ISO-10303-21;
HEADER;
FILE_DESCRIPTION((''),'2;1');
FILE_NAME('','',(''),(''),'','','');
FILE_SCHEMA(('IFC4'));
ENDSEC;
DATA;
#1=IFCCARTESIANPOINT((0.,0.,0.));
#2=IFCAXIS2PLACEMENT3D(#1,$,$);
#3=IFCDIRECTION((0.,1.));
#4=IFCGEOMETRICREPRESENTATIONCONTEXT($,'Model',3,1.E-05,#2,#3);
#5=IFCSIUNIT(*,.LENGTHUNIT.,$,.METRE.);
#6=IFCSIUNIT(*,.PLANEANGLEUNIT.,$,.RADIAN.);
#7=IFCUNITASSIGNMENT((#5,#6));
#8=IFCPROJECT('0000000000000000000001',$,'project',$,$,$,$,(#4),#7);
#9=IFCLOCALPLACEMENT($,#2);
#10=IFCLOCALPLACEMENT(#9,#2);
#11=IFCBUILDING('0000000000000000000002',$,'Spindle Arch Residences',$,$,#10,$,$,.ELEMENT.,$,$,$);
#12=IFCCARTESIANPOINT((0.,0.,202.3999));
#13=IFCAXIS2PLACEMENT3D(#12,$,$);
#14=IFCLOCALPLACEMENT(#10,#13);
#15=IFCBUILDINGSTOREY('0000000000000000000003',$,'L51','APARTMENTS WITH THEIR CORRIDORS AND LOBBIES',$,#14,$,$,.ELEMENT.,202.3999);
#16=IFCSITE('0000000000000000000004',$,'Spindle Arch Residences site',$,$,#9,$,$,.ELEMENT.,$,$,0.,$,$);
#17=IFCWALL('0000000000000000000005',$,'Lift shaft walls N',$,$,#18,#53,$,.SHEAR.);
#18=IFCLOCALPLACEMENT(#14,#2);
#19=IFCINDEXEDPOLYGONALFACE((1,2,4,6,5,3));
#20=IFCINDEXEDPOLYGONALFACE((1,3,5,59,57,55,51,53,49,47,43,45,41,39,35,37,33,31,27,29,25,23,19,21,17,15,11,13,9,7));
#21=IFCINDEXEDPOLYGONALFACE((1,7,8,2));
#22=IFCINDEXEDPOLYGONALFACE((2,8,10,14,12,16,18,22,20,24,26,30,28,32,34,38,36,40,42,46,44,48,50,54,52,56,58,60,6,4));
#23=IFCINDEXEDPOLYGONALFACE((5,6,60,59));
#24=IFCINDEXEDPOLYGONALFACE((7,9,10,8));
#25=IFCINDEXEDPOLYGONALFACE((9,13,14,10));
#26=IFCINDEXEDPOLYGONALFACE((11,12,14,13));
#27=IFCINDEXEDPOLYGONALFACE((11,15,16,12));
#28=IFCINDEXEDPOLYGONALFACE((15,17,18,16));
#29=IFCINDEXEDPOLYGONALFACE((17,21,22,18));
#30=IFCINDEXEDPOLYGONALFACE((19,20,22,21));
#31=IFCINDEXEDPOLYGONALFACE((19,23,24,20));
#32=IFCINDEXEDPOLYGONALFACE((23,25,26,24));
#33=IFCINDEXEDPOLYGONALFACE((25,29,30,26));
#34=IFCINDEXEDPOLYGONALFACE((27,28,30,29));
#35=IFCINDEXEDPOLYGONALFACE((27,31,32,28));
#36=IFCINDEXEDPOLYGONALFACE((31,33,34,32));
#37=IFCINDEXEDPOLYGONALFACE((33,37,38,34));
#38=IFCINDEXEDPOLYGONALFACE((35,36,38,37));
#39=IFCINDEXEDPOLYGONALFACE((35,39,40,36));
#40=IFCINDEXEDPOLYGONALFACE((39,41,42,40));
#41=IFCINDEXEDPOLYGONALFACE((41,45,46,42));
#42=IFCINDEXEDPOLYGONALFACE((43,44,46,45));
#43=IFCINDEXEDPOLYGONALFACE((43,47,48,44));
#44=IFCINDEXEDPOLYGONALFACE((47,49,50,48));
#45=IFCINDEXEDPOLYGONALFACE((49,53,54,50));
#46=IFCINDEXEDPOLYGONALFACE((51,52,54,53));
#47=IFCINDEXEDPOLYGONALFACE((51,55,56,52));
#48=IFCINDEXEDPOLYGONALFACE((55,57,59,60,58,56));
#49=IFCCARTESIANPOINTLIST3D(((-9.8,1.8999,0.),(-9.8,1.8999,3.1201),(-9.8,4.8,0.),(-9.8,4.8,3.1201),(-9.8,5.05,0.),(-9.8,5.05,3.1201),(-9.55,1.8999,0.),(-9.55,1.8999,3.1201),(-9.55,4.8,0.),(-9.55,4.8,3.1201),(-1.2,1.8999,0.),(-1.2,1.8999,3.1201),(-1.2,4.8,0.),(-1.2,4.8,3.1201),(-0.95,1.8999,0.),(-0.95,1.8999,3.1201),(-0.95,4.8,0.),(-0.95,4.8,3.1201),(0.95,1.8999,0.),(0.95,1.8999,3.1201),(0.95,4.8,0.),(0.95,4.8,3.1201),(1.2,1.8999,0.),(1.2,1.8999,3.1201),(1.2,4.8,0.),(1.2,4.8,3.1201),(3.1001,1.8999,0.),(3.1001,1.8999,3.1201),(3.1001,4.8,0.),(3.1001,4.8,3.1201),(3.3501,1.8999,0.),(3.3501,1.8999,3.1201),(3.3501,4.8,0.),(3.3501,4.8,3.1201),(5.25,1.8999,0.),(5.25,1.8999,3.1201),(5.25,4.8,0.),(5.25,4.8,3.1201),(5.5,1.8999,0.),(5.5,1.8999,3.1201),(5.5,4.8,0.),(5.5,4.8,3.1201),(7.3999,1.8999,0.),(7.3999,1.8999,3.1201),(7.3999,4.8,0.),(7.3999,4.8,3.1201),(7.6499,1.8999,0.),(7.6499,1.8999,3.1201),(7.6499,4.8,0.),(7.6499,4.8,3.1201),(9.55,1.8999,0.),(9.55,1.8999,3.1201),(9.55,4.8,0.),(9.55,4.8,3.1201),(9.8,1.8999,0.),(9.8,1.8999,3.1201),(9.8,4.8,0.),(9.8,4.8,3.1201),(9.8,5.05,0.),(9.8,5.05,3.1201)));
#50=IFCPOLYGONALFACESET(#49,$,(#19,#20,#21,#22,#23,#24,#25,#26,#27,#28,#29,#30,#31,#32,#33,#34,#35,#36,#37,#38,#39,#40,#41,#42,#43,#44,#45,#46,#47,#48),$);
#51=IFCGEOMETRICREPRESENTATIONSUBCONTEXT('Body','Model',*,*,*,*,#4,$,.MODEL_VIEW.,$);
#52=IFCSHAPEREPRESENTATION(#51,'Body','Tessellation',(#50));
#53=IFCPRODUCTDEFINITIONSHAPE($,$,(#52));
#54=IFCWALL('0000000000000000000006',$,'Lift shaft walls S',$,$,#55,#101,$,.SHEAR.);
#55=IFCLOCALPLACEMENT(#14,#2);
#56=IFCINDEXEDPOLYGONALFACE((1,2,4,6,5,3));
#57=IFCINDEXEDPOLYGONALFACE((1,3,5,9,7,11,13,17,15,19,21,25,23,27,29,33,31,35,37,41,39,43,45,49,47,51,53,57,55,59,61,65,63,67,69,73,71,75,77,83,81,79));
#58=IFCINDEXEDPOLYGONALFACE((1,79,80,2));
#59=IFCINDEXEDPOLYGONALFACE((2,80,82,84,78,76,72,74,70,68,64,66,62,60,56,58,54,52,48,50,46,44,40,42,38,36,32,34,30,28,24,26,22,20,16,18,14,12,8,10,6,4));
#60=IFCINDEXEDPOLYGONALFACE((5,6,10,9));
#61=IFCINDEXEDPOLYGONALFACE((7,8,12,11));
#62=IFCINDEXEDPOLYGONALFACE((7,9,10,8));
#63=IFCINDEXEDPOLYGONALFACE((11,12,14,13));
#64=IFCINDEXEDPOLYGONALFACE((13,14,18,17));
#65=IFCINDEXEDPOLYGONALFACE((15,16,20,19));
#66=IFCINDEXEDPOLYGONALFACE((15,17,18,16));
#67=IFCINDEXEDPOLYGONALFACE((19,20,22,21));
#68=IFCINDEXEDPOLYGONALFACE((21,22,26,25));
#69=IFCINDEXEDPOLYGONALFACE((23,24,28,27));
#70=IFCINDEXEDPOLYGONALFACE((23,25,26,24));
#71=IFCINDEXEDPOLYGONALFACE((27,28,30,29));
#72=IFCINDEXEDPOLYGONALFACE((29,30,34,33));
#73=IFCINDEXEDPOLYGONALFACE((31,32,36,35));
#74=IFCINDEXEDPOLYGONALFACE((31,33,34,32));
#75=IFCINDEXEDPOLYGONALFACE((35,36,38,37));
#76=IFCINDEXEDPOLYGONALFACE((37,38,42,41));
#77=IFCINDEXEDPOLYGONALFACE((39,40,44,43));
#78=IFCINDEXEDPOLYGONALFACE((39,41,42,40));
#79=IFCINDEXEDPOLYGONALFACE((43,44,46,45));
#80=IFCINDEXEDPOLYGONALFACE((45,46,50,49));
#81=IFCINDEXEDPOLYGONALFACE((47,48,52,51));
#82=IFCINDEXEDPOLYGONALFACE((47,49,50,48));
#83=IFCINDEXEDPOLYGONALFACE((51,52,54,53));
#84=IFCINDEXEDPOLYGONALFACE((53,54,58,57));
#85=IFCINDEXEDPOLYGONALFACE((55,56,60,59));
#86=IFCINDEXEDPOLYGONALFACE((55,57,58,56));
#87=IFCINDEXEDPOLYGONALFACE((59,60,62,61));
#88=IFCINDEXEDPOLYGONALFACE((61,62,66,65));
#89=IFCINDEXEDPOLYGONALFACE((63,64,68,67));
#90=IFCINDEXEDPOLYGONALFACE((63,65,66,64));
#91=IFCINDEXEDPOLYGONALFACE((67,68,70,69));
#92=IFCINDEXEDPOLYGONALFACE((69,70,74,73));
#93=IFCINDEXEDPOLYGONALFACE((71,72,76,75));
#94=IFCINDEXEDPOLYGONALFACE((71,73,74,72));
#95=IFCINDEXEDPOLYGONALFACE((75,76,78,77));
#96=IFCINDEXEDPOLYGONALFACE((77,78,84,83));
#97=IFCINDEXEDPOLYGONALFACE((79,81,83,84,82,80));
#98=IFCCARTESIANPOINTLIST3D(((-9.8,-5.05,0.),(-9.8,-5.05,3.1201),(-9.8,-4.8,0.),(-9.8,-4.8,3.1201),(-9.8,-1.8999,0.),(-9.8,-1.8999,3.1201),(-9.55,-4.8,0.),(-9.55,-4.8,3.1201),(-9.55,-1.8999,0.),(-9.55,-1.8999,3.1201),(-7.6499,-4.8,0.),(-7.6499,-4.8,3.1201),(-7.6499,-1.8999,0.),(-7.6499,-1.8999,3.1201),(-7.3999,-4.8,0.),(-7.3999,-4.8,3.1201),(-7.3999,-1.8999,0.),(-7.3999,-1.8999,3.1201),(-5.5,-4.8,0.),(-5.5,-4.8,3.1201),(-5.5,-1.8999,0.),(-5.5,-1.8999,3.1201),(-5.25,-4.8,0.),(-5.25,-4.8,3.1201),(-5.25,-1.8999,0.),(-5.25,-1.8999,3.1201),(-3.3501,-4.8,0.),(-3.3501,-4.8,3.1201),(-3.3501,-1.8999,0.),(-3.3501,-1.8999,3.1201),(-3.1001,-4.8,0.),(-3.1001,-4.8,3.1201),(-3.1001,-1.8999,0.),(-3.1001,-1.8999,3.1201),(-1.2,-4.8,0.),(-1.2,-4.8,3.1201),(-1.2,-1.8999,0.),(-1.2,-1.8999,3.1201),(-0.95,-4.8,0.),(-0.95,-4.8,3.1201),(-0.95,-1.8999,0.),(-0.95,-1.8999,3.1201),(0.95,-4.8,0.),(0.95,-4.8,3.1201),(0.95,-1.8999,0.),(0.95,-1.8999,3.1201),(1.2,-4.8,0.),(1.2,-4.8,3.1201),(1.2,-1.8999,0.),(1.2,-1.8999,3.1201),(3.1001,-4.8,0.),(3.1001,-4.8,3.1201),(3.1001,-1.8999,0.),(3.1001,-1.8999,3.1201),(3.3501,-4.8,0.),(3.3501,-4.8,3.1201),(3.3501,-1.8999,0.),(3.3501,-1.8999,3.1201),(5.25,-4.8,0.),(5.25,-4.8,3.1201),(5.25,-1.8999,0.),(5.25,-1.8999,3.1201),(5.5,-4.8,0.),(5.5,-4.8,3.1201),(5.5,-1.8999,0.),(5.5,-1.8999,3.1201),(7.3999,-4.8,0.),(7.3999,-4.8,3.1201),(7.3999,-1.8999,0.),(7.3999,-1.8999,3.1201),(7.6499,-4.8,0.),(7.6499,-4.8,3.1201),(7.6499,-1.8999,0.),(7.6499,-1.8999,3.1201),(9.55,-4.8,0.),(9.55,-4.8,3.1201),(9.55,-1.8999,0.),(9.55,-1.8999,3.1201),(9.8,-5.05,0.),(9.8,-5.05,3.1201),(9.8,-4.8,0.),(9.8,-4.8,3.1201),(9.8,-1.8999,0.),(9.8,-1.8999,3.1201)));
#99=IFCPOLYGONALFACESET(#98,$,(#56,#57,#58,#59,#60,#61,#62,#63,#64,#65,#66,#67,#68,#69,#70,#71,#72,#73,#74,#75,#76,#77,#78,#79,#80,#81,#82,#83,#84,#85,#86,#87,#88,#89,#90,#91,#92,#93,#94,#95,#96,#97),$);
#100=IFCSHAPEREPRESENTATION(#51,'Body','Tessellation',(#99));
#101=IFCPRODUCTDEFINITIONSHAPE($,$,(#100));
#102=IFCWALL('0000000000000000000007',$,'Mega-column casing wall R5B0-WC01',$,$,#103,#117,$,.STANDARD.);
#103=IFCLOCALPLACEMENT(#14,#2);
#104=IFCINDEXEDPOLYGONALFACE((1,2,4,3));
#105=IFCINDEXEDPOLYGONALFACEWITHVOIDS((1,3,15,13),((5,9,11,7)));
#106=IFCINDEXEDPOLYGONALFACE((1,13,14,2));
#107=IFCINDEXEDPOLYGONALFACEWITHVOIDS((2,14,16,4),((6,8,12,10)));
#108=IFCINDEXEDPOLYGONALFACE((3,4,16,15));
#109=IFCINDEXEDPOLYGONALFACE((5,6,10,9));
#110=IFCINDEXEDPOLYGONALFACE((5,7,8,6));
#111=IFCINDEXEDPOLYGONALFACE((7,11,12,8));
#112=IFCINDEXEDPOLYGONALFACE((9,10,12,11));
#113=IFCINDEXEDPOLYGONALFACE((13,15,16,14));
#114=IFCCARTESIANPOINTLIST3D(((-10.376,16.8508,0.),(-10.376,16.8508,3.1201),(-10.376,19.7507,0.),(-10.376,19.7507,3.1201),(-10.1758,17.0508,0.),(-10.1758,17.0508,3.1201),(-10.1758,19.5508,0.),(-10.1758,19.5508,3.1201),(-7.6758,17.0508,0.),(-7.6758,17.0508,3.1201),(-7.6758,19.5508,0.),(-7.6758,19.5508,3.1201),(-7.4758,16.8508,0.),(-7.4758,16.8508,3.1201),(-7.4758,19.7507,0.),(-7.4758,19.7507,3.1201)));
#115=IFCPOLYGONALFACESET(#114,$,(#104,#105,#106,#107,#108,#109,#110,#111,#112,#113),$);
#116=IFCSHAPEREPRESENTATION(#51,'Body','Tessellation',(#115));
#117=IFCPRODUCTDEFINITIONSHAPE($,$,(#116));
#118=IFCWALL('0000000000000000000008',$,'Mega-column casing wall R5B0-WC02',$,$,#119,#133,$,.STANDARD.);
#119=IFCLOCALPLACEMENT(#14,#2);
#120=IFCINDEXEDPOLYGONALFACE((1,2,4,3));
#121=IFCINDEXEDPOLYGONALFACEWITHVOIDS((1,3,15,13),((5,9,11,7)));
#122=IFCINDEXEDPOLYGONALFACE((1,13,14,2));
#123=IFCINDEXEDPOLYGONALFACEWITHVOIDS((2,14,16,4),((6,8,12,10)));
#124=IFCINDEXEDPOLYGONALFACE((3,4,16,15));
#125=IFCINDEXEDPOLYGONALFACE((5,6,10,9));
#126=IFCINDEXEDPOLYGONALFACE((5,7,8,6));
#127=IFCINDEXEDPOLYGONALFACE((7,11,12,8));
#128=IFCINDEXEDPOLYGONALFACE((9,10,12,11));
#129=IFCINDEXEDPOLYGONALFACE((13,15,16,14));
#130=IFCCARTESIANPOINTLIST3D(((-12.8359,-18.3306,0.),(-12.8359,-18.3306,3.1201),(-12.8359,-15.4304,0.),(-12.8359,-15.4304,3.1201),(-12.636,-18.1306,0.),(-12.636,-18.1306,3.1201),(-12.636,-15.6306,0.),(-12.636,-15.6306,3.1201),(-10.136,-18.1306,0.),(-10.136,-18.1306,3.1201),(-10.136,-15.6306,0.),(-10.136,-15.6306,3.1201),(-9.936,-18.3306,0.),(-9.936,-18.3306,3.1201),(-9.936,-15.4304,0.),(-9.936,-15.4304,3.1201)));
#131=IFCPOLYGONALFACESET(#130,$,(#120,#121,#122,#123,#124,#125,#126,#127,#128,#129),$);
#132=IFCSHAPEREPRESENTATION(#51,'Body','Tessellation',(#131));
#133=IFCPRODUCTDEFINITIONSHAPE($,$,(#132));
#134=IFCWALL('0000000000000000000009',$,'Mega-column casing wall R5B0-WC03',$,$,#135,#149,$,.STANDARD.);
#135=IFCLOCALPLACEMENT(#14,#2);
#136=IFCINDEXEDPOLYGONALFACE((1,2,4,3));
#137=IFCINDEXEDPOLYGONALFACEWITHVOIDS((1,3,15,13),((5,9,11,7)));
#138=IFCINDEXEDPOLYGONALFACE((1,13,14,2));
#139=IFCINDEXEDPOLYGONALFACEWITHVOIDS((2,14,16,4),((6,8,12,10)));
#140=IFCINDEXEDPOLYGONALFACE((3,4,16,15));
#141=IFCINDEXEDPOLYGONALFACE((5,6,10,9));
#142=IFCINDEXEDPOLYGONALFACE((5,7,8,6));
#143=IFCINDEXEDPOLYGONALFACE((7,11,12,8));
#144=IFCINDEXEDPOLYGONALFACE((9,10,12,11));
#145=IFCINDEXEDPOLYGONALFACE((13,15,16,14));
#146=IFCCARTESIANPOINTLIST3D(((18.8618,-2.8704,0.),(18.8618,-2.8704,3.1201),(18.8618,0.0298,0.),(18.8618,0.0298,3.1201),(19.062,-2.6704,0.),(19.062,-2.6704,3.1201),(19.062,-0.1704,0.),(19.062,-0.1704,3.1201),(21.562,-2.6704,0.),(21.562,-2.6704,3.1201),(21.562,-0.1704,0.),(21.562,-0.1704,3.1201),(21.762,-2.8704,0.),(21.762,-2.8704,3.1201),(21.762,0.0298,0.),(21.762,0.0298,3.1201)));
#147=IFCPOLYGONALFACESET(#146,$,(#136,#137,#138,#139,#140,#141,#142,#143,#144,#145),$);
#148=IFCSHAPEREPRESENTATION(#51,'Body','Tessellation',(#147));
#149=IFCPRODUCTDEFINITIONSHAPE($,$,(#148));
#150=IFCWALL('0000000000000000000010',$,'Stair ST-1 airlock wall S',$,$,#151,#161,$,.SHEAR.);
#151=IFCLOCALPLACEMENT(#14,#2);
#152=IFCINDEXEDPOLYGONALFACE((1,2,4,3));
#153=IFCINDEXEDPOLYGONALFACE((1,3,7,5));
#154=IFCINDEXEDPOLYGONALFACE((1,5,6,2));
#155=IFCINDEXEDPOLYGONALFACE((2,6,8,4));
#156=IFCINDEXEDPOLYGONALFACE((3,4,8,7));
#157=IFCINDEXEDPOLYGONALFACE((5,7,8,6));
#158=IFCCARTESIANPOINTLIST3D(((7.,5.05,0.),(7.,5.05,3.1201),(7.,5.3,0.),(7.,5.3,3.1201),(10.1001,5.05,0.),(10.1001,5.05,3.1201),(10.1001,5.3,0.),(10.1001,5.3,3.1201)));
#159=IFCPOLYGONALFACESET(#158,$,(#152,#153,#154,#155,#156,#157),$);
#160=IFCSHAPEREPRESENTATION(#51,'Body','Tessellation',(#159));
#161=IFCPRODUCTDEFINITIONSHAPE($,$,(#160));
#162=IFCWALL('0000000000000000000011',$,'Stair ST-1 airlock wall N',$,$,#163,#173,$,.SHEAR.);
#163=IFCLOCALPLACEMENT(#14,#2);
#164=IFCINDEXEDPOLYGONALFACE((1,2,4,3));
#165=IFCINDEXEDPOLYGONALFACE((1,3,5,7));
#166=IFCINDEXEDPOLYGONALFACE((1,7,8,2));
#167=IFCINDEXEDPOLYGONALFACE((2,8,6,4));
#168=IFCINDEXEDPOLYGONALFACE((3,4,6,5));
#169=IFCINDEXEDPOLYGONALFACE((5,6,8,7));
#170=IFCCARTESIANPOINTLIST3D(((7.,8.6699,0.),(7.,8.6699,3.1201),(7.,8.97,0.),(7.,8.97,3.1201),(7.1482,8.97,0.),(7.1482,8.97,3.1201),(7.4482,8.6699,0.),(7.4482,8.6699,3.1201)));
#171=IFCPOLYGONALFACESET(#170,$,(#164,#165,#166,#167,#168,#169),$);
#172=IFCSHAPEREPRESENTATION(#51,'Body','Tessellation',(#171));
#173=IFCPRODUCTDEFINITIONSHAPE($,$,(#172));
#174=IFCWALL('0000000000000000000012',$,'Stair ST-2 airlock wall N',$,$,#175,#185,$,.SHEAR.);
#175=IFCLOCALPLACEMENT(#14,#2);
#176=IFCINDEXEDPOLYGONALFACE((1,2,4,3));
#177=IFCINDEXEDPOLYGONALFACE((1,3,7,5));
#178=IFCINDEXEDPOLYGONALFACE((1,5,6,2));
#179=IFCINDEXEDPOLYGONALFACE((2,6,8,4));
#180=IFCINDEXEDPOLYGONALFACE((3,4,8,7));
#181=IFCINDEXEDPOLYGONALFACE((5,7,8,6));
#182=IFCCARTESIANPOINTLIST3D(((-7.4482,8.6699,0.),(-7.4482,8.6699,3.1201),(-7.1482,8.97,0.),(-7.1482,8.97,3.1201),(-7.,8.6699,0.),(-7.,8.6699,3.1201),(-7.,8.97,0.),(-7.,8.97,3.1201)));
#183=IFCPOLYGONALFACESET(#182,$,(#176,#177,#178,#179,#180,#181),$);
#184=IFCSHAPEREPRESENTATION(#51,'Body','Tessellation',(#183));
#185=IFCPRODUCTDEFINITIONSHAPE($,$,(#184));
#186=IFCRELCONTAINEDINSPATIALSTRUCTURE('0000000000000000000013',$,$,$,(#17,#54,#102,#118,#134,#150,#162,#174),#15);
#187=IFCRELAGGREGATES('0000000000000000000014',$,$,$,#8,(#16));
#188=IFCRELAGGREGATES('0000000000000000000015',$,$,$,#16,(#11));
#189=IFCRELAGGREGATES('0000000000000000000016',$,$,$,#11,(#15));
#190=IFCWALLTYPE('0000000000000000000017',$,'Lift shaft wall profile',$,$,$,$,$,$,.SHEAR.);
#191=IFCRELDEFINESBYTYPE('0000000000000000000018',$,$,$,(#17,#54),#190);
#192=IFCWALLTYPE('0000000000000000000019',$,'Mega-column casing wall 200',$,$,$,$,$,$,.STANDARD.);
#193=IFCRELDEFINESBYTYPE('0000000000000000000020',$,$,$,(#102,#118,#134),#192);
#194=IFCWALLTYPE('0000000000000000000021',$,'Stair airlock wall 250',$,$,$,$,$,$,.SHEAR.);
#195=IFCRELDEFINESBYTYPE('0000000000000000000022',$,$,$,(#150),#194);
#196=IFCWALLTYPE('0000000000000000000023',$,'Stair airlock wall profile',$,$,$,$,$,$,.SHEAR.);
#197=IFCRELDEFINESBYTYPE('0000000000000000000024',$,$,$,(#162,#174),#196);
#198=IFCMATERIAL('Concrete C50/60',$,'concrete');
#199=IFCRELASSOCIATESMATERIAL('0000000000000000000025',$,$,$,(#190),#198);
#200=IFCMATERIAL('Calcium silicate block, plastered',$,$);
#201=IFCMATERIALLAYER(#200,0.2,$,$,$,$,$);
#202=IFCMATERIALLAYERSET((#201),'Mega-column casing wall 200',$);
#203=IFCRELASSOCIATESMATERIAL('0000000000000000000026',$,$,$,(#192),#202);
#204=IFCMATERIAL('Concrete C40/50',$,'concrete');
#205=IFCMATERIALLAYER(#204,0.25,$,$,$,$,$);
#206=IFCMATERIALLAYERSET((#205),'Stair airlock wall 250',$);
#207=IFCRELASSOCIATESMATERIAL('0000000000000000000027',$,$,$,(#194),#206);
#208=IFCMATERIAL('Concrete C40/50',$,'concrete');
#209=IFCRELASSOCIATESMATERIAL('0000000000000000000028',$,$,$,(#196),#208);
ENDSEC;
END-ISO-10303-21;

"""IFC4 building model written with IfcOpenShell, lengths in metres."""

from ifc_helpers import new_model, si_unit, direction, frame, frame_2d, origin, place, context, subcontext, project, spatial, polyline, rectangle, outline, extrude, material, layer, layer_set, type_object, element, save


model = new_model("IFC4")

# Units and contexts
model_context = context("Model", 3, precision=1e-05, world=origin(), true_north=direction((0.0, 1.0)))
body_context = subcontext(model_context, "Body", "Model", "MODEL_VIEW")
ifc_project = project(units=[si_unit("LENGTHUNIT", "METRE"), si_unit("PLANEANGLEUNIT", "RADIAN")], contexts=[model_context])

# Site, building, storey
site_placement = place(None, origin())
site = spatial("IfcSite", under=ifc_project, at=site_placement, Name="Spindle Arch Residences site", CompositionType="ELEMENT", RefElevation=0.0)
building_placement = place(site_placement, origin())
building = spatial("IfcBuilding", under=site, at=building_placement, Name="Spindle Arch Residences", CompositionType="ELEMENT")
storey_placement = place(building_placement, frame((0.0, 0.0, 202.3999)))
storey = spatial("IfcBuildingStorey", under=building, at=storey_placement, Name="L51", Description="APARTMENTS WITH THEIR CORRIDORS AND LOBBIES", CompositionType="ELEMENT", Elevation=202.3999)

# Walls
ifc_material_1 = material(Name="Concrete C50/60", Category="concrete")
wall_type_1 = type_object("IfcWallType", Name="Lift shaft wall profile", PredefinedType="SHEAR", material=ifc_material_1)
wall_1_placement = place(storey_placement, origin())
element("IfcWall", 1, at=wall_1_placement, inside=storey, type_object=wall_type_1, Name="Lift shaft walls N", PredefinedType="SHEAR", context=body_context, shape_type="SweptSolid", body=[
    extrude(outline(polyline([(-9.55, 4.8), (-1.2, 4.8), (-1.2, 1.8999), (-0.95, 1.8999), (-0.95, 4.8), (0.95, 4.8), (0.95, 1.8999), (1.2, 1.8999), (1.2, 4.8), (3.1001, 4.8), (3.1001, 1.8999), (3.3501, 1.8999), (3.3501, 4.8), (5.25, 4.8), (5.25, 1.8999), (5.5, 1.8999), (5.5, 4.8), (7.3999, 4.8), (7.3999, 1.8999), (7.6499, 1.8999), (7.6499, 4.8), (9.55, 4.8), (9.55, 1.8999), (9.8, 1.8999), (9.8, 4.8), (9.8, 5.05), (-9.8, 5.05), (-9.8, 4.8), (-9.8, 1.8999), (-9.55, 1.8999), (-9.55, 4.8)])), origin(), (0.0, 0.0, 1.0), 3.1201),
])
wall_2_placement = place(storey_placement, origin())
element("IfcWall", 2, at=wall_2_placement, inside=storey, type_object=wall_type_1, Name="Lift shaft walls S", PredefinedType="SHEAR", context=body_context, shape_type="SweptSolid", body=[
    extrude(outline(polyline([(9.8, -5.05), (9.8, -4.8), (9.8, -1.8999), (9.55, -1.8999), (9.55, -4.8), (7.6499, -4.8), (7.6499, -1.8999), (7.3999, -1.8999), (7.3999, -4.8), (5.5, -4.8), (5.5, -1.8999), (5.25, -1.8999), (5.25, -4.8), (3.3501, -4.8), (3.3501, -1.8999), (3.1001, -1.8999), (3.1001, -4.8), (1.2, -4.8), (1.2, -1.8999), (0.95, -1.8999), (0.95, -4.8), (-0.95, -4.8), (-0.95, -1.8999), (-1.2, -1.8999), (-1.2, -4.8), (-3.1001, -4.8), (-3.1001, -1.8999), (-3.3501, -1.8999), (-3.3501, -4.8), (-5.25, -4.8), (-5.25, -1.8999), (-5.5, -1.8999), (-5.5, -4.8), (-7.3999, -4.8), (-7.3999, -1.8999), (-7.6499, -1.8999), (-7.6499, -4.8), (-9.55, -4.8), (-9.55, -1.8999), (-9.8, -1.8999), (-9.8, -4.8), (-9.8, -5.05), (9.8, -5.05)])), origin(), (0.0, 0.0, 1.0), 3.1201),
])
ifc_material_2 = material(Name="Calcium silicate block, plastered")
ifc_layer_1 = layer(ifc_material_2, 0.2)
ifc_layer_set_1 = layer_set([ifc_layer_1], Name="Mega-column casing wall 200")
wall_type_2 = type_object("IfcWallType", Name="Mega-column casing wall 200", PredefinedType="STANDARD", material=ifc_layer_set_1)
wall_3_placement = place(storey_placement, origin())
element("IfcWall", 3, at=wall_3_placement, inside=storey, type_object=wall_type_2, Name="Mega-column casing wall R5B0-WC01", PredefinedType="STANDARD", context=body_context, shape_type="SweptSolid", body=[
    extrude(outline(polyline([(-7.4758, 19.7507), (-7.4758, 16.8508), (-10.376, 16.8508), (-10.376, 19.7507), (-7.4758, 19.7507)]), holes=[polyline([(-10.1758, 17.0508), (-7.6758, 17.0508), (-7.6758, 19.5508), (-10.1758, 19.5508), (-10.1758, 17.0508)])]), origin(), (0.0, 0.0, 1.0), 3.1201),
])
wall_4_placement = place(storey_placement, origin())
element("IfcWall", 4, at=wall_4_placement, inside=storey, type_object=wall_type_2, Name="Mega-column casing wall R5B0-WC02", PredefinedType="STANDARD", context=body_context, shape_type="SweptSolid", body=[
    extrude(outline(polyline([(-9.936, -15.4304), (-9.936, -18.3306), (-12.8359, -18.3306), (-12.8359, -15.4304), (-9.936, -15.4304)]), holes=[polyline([(-12.636, -18.1306), (-10.136, -18.1306), (-10.136, -15.6306), (-12.636, -15.6306), (-12.636, -18.1306)])]), origin(), (0.0, 0.0, 1.0), 3.1201),
])
wall_5_placement = place(storey_placement, origin())
element("IfcWall", 5, at=wall_5_placement, inside=storey, type_object=wall_type_2, Name="Mega-column casing wall R5B0-WC03", PredefinedType="STANDARD", context=body_context, shape_type="SweptSolid", body=[
    extrude(outline(polyline([(21.762, 0.0298), (21.762, -2.8704), (18.8618, -2.8704), (18.8618, 0.0298), (21.762, 0.0298)]), holes=[polyline([(19.062, -2.6704), (21.562, -2.6704), (21.562, -0.1704), (19.062, -0.1704), (19.062, -2.6704)])]), origin(), (0.0, 0.0, 1.0), 3.1201),
])
ifc_material_3 = material(Name="Concrete C40/50", Category="concrete")
ifc_layer_2 = layer(ifc_material_3, 0.25)
ifc_layer_set_2 = layer_set([ifc_layer_2], Name="Stair airlock wall 250")
wall_type_3 = type_object("IfcWallType", Name="Stair airlock wall 250", PredefinedType="SHEAR", material=ifc_layer_set_2)
wall_6_placement = place(storey_placement, frame((7.0, 5.175, 0.0), z_axis=(0.0, 0.0, 1.0), x_axis=(1.0, 0.0, 0.0)))
element("IfcWall", 6, at=wall_6_placement, inside=storey, type_object=wall_type_3, Name="Stair ST-1 airlock wall S", PredefinedType="SHEAR", context=body_context, shape_type="SweptSolid", body=[
    extrude(rectangle(XDim=3.1001, YDim=0.25, at=frame_2d((1.55, 0.0))), origin(), (0.0, 0.0, 1.0), 3.1201),
])
ifc_material_4 = material(Name="Concrete C40/50", Category="concrete")
wall_type_4 = type_object("IfcWallType", Name="Stair airlock wall profile", PredefinedType="SHEAR", material=ifc_material_4)
wall_7_placement = place(storey_placement, origin())
element("IfcWall", 7, at=wall_7_placement, inside=storey, type_object=wall_type_4, Name="Stair ST-1 airlock wall N", PredefinedType="SHEAR", context=body_context, shape_type="SweptSolid", body=[
    extrude(outline(polyline([(7.4482, 8.6699), (7.0, 8.6699), (7.0, 8.97), (7.1482, 8.97), (7.4482, 8.6699)])), origin(), (0.0, 0.0, 1.0), 3.1201),
])
wall_8_placement = place(storey_placement, origin())
element("IfcWall", 8, at=wall_8_placement, inside=storey, type_object=wall_type_4, Name="Stair ST-2 airlock wall N", PredefinedType="SHEAR", context=body_context, shape_type="SweptSolid", body=[
    extrude(outline(polyline([(-7.1482, 8.97), (-7.0, 8.97), (-7.0, 8.6699), (-7.4482, 8.6699), (-7.1482, 8.97)])), origin(), (0.0, 0.0, 1.0), 3.1201),
])

save(model, "model.ifc")
